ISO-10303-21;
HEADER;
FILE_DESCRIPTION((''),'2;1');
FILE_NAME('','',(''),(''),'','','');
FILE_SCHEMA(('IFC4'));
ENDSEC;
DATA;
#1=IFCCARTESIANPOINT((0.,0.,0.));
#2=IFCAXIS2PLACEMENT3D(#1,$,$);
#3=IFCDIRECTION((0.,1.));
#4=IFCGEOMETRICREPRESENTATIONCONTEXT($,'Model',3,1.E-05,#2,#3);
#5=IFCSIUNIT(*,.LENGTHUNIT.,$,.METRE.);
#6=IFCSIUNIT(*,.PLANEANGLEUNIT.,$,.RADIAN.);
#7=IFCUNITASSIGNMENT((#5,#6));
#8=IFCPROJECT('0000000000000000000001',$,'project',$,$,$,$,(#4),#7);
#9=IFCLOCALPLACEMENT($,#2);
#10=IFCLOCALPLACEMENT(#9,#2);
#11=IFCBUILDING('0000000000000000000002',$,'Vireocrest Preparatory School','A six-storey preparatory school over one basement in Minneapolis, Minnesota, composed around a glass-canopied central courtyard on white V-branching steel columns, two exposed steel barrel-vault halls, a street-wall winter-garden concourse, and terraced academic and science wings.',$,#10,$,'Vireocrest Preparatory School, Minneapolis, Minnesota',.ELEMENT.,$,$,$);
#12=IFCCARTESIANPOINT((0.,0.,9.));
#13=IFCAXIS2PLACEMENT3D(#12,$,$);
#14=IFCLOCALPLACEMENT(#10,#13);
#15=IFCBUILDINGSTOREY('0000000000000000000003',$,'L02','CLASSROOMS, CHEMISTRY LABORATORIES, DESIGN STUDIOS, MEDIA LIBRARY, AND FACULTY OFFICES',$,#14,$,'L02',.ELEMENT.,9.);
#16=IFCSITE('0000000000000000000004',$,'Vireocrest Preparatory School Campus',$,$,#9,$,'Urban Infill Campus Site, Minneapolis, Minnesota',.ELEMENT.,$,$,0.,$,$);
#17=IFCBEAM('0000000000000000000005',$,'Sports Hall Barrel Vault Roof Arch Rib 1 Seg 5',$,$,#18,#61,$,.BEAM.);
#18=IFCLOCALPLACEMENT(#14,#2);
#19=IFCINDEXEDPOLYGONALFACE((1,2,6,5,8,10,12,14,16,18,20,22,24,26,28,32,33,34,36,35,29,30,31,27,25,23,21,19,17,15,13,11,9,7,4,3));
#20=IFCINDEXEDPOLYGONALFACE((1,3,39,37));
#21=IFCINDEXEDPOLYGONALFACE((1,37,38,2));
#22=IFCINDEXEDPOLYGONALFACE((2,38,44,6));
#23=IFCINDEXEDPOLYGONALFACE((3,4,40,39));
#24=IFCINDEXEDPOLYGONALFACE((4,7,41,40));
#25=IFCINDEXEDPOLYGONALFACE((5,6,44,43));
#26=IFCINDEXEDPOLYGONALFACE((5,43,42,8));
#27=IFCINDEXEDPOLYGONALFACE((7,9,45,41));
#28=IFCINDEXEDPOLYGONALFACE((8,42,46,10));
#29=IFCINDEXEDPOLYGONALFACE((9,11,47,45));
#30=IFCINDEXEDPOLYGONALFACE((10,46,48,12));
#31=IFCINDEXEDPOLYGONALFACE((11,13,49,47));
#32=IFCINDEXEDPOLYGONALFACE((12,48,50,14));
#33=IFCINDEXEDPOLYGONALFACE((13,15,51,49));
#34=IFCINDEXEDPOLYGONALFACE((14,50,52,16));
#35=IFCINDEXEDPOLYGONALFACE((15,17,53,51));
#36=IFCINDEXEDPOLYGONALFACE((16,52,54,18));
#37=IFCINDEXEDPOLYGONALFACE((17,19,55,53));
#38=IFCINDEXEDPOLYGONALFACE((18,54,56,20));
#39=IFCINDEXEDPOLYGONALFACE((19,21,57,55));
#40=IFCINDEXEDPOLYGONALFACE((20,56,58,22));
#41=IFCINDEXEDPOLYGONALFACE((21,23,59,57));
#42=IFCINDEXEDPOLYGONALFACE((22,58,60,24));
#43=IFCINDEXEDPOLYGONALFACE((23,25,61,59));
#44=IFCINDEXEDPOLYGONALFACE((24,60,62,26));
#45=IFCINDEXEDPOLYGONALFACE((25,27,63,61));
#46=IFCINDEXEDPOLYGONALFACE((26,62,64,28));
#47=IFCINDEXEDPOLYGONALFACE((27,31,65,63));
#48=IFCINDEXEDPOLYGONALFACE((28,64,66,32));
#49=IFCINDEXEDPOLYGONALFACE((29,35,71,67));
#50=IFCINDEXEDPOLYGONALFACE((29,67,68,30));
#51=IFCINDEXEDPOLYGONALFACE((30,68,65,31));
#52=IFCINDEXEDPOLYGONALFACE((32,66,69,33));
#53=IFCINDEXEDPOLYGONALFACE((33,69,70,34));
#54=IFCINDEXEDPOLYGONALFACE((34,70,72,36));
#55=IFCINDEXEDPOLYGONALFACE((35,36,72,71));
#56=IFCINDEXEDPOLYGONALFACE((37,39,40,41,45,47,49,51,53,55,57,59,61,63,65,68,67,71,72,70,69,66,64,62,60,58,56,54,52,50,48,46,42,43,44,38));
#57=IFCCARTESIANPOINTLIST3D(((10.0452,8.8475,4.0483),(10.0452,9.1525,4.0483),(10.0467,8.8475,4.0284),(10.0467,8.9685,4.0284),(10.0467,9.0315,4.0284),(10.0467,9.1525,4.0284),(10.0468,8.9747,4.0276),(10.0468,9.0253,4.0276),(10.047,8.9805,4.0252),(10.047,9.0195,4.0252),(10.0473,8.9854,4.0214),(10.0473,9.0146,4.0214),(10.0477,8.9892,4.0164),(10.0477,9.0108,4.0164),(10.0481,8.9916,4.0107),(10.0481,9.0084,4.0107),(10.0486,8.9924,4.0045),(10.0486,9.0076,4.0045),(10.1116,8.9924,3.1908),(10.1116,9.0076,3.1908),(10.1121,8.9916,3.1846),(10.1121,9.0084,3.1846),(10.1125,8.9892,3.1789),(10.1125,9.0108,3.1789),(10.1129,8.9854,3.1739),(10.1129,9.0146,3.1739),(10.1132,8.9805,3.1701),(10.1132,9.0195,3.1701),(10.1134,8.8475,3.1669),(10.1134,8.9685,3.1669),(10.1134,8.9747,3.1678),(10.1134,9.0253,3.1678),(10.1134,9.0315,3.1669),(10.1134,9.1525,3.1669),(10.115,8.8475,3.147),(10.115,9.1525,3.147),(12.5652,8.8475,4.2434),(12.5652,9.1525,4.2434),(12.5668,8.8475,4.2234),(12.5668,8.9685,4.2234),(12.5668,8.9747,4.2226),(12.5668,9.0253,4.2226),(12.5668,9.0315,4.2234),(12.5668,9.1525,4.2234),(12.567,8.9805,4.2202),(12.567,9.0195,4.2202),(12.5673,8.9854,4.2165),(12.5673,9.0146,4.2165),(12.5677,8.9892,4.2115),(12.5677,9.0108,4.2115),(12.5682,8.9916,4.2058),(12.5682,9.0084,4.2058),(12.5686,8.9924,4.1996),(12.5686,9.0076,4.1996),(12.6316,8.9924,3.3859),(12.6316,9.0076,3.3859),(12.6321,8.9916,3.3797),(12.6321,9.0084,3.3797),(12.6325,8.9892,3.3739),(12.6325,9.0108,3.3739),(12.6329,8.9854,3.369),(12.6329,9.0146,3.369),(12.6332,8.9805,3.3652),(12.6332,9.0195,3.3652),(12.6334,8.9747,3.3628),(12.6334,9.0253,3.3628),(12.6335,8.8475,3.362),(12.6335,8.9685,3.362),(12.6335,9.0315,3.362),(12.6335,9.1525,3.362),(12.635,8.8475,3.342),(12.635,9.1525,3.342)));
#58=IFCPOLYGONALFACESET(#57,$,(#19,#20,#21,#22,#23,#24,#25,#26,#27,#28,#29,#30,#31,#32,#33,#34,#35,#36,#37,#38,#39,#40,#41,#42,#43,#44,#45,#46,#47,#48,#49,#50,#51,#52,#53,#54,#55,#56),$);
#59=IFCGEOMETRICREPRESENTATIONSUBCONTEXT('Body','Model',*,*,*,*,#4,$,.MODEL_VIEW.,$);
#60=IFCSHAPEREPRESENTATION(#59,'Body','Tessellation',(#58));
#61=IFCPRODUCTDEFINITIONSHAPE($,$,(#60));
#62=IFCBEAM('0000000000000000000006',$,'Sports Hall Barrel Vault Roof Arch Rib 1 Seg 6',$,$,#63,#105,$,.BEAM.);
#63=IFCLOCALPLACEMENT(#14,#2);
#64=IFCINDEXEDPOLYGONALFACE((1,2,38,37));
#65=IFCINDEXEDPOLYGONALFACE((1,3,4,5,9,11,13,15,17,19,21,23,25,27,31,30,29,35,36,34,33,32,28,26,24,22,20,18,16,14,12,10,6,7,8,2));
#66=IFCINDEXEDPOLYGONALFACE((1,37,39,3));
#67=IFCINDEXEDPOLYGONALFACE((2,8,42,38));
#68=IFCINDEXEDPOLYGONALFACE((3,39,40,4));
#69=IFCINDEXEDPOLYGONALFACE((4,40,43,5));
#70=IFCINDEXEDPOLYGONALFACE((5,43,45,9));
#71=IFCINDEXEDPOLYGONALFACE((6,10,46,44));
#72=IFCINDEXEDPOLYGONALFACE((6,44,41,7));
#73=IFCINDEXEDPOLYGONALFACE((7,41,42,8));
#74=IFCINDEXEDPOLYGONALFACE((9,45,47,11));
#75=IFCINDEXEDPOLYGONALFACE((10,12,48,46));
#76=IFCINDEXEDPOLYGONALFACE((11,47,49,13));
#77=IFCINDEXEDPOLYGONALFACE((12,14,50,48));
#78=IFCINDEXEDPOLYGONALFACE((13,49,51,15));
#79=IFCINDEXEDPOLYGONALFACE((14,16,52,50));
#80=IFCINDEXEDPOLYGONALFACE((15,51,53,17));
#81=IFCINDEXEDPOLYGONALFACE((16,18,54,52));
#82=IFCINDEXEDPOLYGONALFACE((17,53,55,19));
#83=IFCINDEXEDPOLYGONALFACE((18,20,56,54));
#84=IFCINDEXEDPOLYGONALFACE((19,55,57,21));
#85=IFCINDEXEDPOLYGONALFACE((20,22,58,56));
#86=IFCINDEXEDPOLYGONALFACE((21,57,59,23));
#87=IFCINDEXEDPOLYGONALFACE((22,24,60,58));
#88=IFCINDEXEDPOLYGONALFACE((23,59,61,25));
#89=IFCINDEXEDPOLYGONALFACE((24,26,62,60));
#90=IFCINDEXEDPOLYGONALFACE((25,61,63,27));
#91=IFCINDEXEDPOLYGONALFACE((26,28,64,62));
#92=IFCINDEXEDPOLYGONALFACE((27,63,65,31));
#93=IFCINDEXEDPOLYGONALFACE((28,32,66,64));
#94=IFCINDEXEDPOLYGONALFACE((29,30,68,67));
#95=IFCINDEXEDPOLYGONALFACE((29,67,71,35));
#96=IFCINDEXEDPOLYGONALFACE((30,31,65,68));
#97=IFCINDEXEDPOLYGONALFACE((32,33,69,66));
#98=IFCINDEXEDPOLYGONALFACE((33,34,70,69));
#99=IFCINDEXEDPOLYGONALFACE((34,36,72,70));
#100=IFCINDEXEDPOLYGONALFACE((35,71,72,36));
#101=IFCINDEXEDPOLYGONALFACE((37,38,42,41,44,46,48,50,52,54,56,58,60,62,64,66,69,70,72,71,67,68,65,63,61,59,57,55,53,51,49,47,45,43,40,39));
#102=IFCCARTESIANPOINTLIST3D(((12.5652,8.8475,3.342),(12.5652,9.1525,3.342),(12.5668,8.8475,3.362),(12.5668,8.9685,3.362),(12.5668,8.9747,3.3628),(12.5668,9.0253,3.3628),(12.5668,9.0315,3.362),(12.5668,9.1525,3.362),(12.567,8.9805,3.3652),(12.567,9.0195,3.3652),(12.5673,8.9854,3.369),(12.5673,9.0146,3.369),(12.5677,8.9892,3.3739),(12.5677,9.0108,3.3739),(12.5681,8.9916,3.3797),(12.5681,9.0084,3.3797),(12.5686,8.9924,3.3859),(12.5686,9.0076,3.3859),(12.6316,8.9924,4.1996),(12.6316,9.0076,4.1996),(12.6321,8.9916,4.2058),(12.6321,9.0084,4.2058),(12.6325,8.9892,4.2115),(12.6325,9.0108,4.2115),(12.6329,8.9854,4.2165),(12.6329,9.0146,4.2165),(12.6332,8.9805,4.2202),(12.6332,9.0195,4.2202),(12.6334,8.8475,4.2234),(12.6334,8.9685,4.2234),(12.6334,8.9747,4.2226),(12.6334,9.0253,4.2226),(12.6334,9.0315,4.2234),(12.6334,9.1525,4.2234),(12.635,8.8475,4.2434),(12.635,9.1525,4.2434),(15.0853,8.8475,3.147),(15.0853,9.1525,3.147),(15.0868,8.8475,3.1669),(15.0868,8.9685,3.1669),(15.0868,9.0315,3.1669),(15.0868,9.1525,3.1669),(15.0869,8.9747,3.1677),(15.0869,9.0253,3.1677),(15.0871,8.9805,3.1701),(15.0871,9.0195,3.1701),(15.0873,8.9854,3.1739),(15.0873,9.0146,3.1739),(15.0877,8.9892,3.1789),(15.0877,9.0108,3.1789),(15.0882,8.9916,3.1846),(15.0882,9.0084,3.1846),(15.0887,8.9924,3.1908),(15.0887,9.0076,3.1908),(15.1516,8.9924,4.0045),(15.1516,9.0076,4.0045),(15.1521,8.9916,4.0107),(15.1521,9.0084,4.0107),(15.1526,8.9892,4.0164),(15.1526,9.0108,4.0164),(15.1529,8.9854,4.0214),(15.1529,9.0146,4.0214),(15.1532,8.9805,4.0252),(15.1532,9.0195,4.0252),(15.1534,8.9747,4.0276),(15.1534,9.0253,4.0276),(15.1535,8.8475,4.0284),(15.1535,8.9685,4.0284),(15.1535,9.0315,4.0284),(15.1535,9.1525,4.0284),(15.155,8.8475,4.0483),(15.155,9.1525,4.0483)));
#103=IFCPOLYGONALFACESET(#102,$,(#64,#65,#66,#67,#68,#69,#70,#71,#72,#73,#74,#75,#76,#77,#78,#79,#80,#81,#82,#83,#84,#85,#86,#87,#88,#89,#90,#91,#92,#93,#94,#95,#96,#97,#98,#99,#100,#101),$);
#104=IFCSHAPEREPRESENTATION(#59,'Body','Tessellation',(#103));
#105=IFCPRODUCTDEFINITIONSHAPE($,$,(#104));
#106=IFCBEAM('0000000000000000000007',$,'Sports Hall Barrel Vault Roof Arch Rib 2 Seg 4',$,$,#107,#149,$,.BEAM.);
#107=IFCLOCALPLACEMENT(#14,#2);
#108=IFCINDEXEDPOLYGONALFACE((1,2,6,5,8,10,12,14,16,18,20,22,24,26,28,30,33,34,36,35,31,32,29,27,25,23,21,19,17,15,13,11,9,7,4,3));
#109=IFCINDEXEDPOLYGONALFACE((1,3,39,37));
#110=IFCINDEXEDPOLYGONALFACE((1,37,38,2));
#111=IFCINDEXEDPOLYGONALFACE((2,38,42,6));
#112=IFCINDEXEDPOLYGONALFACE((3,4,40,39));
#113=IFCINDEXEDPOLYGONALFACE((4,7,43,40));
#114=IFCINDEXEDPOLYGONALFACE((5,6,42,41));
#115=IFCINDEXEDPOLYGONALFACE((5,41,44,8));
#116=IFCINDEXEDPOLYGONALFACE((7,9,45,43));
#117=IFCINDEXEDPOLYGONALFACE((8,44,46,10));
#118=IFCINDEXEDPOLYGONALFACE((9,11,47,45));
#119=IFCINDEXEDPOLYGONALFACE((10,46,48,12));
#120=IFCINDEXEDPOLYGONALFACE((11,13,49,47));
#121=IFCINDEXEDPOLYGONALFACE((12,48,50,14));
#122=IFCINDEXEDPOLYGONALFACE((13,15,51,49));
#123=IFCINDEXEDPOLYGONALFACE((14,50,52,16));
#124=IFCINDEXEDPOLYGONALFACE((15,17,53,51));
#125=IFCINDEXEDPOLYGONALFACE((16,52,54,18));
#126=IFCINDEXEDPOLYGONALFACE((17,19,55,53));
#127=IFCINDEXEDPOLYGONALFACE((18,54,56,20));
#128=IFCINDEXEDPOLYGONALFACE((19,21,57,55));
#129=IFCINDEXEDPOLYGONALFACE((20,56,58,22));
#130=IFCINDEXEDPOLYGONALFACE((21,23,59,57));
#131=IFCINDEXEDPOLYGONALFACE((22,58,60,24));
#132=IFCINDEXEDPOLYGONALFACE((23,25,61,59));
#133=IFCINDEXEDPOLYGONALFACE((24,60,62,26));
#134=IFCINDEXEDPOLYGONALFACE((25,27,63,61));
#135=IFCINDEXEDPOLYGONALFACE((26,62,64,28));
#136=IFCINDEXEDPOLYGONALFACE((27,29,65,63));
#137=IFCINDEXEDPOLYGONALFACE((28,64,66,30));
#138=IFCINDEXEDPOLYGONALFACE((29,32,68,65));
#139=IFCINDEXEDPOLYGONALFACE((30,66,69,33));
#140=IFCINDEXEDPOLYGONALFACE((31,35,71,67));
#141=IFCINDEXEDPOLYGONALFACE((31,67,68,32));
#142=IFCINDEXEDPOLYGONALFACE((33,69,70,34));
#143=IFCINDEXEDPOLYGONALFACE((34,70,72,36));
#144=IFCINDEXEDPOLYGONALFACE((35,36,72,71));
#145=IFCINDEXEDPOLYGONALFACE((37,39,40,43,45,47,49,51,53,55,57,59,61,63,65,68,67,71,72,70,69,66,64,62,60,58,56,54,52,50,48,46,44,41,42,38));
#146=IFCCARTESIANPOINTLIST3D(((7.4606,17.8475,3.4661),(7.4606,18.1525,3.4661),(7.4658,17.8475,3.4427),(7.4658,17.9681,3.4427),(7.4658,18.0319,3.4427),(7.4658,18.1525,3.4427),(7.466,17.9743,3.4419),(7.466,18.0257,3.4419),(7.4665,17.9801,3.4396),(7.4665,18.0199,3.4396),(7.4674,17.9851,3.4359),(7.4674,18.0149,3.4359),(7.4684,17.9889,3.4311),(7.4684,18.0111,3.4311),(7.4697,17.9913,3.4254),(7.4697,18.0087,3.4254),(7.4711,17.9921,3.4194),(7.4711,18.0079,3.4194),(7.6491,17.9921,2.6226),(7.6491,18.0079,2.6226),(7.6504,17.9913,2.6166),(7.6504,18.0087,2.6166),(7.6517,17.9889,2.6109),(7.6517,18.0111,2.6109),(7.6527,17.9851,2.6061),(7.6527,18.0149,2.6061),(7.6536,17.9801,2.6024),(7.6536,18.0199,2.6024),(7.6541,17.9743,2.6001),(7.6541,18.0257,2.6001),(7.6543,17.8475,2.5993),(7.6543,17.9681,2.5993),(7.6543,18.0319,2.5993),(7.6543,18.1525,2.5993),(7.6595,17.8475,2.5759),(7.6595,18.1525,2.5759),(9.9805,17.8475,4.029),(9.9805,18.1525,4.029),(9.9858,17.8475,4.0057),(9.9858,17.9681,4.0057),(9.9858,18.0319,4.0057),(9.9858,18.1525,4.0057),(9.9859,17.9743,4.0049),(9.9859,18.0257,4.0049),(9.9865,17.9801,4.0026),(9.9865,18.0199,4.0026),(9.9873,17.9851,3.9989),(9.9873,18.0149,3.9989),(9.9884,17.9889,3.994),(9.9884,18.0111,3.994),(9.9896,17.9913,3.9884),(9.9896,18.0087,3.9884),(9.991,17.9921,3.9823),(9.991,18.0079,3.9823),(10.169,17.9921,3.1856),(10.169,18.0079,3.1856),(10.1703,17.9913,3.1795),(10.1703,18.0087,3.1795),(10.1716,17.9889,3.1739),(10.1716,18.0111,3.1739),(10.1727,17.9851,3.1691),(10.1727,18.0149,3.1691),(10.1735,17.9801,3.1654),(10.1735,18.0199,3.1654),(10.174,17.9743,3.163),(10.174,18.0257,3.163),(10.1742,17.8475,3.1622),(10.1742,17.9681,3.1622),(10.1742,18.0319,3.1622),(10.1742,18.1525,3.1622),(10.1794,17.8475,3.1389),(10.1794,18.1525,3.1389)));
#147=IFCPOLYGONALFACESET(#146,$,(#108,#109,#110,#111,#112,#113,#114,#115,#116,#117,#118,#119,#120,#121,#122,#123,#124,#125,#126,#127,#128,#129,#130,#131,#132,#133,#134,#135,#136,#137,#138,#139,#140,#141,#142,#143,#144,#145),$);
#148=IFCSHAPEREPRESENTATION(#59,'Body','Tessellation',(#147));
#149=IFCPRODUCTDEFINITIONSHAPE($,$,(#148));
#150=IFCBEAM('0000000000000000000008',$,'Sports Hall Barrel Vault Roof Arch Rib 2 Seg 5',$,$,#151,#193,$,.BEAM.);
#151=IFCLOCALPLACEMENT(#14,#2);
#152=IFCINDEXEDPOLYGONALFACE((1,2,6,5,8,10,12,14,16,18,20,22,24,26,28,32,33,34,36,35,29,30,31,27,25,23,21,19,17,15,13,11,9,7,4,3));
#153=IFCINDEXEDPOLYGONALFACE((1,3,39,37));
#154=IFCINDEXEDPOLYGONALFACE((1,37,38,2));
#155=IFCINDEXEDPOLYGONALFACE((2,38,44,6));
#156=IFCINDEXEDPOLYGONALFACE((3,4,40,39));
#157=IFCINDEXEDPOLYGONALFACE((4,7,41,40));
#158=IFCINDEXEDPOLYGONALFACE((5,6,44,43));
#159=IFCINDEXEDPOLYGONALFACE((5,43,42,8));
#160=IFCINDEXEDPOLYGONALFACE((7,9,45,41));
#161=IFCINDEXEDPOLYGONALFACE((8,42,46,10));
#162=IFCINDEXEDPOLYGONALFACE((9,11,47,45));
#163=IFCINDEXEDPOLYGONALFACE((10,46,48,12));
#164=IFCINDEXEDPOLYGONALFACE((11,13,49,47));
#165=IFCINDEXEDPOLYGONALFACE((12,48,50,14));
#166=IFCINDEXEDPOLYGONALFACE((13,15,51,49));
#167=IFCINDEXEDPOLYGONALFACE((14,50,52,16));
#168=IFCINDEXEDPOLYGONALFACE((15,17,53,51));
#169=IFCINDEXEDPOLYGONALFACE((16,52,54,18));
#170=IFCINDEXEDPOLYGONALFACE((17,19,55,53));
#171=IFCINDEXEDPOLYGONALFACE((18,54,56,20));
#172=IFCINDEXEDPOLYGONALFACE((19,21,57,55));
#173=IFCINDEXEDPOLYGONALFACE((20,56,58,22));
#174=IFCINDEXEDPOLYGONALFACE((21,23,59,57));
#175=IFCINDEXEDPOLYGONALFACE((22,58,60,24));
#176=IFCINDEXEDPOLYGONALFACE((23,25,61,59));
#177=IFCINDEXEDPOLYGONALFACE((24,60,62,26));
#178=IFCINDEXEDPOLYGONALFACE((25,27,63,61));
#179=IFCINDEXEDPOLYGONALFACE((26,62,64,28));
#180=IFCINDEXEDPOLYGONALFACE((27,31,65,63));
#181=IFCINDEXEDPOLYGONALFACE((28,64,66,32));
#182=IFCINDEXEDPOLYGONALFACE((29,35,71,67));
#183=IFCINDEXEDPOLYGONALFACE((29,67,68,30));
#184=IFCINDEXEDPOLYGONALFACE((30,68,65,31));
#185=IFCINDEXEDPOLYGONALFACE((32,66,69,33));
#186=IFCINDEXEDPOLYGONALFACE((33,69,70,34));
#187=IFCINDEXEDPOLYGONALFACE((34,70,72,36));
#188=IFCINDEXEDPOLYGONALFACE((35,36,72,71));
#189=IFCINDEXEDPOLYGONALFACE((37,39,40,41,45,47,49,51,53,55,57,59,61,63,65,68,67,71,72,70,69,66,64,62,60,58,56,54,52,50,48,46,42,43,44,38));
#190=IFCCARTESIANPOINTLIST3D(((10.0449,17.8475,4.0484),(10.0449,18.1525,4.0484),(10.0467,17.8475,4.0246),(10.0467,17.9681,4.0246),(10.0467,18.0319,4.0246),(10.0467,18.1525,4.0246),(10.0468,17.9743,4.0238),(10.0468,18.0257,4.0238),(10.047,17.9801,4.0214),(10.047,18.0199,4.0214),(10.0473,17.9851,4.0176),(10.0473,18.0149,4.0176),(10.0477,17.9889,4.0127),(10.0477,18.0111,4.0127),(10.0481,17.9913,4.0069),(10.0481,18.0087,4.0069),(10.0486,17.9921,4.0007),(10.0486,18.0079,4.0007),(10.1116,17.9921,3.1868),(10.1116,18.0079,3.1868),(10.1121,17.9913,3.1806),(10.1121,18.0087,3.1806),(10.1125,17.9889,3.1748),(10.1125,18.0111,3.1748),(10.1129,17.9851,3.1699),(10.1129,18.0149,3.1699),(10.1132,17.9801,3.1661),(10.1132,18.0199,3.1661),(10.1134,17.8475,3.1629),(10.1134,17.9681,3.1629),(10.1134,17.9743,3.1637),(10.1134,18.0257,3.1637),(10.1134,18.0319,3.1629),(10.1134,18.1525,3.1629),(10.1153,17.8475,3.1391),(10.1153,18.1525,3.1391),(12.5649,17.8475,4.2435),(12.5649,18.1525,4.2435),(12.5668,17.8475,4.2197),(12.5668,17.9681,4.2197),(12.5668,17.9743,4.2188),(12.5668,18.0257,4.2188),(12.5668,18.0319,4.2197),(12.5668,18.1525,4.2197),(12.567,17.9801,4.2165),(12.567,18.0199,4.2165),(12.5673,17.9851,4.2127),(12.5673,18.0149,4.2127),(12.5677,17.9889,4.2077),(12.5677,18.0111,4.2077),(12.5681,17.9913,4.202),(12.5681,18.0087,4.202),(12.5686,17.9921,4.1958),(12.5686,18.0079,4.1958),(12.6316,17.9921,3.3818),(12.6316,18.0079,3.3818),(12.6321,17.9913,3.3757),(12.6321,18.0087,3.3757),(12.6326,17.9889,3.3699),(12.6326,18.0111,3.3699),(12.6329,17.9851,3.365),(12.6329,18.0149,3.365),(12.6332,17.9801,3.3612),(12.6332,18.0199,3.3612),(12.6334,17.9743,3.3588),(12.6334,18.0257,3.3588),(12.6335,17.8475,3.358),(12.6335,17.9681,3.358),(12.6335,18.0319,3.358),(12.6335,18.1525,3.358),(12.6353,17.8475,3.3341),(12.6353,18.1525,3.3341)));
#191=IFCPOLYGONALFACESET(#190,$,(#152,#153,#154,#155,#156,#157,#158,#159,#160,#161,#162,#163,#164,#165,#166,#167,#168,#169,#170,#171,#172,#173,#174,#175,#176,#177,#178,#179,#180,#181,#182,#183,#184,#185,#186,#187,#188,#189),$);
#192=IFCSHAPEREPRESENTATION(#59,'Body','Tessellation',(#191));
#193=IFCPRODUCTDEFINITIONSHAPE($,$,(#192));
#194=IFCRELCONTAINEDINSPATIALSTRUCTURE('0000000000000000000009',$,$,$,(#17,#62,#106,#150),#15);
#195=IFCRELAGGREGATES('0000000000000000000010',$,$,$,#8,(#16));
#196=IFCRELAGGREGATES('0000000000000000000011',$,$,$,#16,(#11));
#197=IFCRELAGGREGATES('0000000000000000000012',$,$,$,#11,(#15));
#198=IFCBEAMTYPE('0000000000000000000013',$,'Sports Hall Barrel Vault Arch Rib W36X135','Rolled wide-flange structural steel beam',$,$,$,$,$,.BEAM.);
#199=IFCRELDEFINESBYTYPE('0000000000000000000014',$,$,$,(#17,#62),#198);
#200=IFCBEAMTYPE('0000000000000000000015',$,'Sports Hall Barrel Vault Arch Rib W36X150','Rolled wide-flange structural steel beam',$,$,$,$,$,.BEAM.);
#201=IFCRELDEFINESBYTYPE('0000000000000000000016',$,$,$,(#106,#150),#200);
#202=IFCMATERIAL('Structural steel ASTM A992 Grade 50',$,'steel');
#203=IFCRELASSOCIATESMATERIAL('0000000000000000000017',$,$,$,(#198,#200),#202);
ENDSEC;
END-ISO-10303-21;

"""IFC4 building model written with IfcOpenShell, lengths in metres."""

from ifc_helpers import new_model, si_unit, direction, frame, origin, origin_2d, place, context, subcontext, project, spatial, i_section, extrude, material, material_profile, profile_set, type_object, element, save


model = new_model("IFC4")

# Units and contexts
model_context = context("Model", 3, precision=1e-05, world=origin(), true_north=direction((0.0, 1.0)))
body_context = subcontext(model_context, "Body", "Model", "MODEL_VIEW")
ifc_project = project(units=[si_unit("LENGTHUNIT", "METRE"), si_unit("PLANEANGLEUNIT", "RADIAN")], contexts=[model_context])

# Site, building, storey
site_placement = place(None, origin())
site = spatial("IfcSite", under=ifc_project, at=site_placement, Name="Vireocrest Preparatory School Campus", LongName="Urban Infill Campus Site, Minneapolis, Minnesota", CompositionType="ELEMENT", RefElevation=0.0)
building_placement = place(site_placement, origin())
building = spatial("IfcBuilding", under=site, at=building_placement, Name="Vireocrest Preparatory School", Description="A six-storey preparatory school over one basement in Minneapolis, Minnesota, composed around a glass-canopied central courtyard on white V-branching steel columns, two exposed steel barrel-vault halls, a street-wall winter-garden concourse, and terraced academic and science wings.", LongName="Vireocrest Preparatory School, Minneapolis, Minnesota", CompositionType="ELEMENT")
storey_placement = place(building_placement, frame((0.0, 0.0, 9.0)))
storey = spatial("IfcBuildingStorey", under=building, at=storey_placement, Name="L02", Description="CLASSROOMS, CHEMISTRY LABORATORIES, DESIGN STUDIOS, MEDIA LIBRARY, AND FACULTY OFFICES", LongName="L02", CompositionType="ELEMENT", Elevation=9.0)

# Beams
ifc_material_1 = material(Name="Structural steel ASTM A992 Grade 50", Category="steel")
ifc_material_profile_1 = material_profile(ifc_material_1, i_section(OverallWidth=0.3049, OverallDepth=0.9041, WebThickness=0.0151, FlangeThickness=0.02, FilletRadius=0.0239, at=origin_2d()), Name="W36X135")
ifc_profile_set_1 = profile_set([ifc_material_profile_1], Name="Structural steel ASTM A992 Grade 50")
beam_type_1 = type_object("IfcBeamType", Name="Sports Hall Barrel Vault Arch Rib W36X135", Description="Rolled wide-flange structural steel beam", PredefinedType="BEAM", material=ifc_profile_set_1)
for number, where, z_axis, x_axis, name in (
    (1, (10.0801, 9.0, 3.5977), (0.997017, 0.0, 0.077177), (0.0, 1.0, 0.0), "Sports Hall Barrel Vault Roof Arch Rib 1 Seg 5"),
    (2, (12.6001, 9.0, 3.7927), (0.997017, 0.0, -0.077177), (0.0, 1.0, 0.0), "Sports Hall Barrel Vault Roof Arch Rib 1 Seg 6"),
):
    element("IfcBeam", number, at=place(storey_placement, frame(where, z_axis=z_axis, x_axis=x_axis)), inside=storey, type_object=beam_type_1, Name=name, PredefinedType="BEAM", context=body_context, shape_type="SweptSolid", body=[
        extrude(i_section(OverallWidth=0.3049, OverallDepth=0.9041, WebThickness=0.0151, FlangeThickness=0.02, FilletRadius=0.0239, at=origin_2d()), origin(), (0.0, 0.0, 1.0), 2.5276),
    ])
ifc_material_profile_2 = material_profile(ifc_material_1, i_section(OverallWidth=0.3049, OverallDepth=0.9121, WebThickness=0.0159, FlangeThickness=0.0239, FilletRadius=0.0239, at=origin_2d()), Name="W36X150")
ifc_profile_set_2 = profile_set([ifc_material_profile_2], Name="Structural steel ASTM A992 Grade 50")
beam_type_2 = type_object("IfcBeamType", Name="Sports Hall Barrel Vault Arch Rib W36X150", Description="Rolled wide-flange structural steel beam", PredefinedType="BEAM", material=ifc_profile_set_2)
beam_1_placement = place(storey_placement, frame((7.5601, 18.0, 3.021), z_axis=(0.975942, 0.0, 0.218032), x_axis=(0.0, 1.0, 0.0)))
element("IfcBeam", 3, at=beam_1_placement, inside=storey, type_object=beam_type_2, Name="Sports Hall Barrel Vault Roof Arch Rib 2 Seg 4", PredefinedType="BEAM", context=body_context, shape_type="SweptSolid", body=[
    extrude(i_section(OverallWidth=0.3049, OverallDepth=0.9121, WebThickness=0.0159, FlangeThickness=0.0239, FilletRadius=0.0239, at=origin_2d()), origin(), (0.0, 0.0, 1.0), 2.582),
])
for number, where, z_axis, x_axis, name in (
    (4, (10.0801, 18.0, 3.5938), (0.997017, 0.0, 0.077177), (0.0, 1.0, 0.0), "Sports Hall Barrel Vault Roof Arch Rib 2 Seg 5"),
):
    element("IfcBeam", number, at=place(storey_placement, frame(where, z_axis=z_axis, x_axis=x_axis)), inside=storey, type_object=beam_type_2, Name=name, PredefinedType="BEAM", context=body_context, shape_type="SweptSolid", body=[
        extrude(i_section(OverallWidth=0.3049, OverallDepth=0.9121, WebThickness=0.0159, FlangeThickness=0.0239, FilletRadius=0.0239, at=origin_2d()), origin(), (0.0, 0.0, 1.0), 2.5276),
    ])

save(model, "model.ifc")
